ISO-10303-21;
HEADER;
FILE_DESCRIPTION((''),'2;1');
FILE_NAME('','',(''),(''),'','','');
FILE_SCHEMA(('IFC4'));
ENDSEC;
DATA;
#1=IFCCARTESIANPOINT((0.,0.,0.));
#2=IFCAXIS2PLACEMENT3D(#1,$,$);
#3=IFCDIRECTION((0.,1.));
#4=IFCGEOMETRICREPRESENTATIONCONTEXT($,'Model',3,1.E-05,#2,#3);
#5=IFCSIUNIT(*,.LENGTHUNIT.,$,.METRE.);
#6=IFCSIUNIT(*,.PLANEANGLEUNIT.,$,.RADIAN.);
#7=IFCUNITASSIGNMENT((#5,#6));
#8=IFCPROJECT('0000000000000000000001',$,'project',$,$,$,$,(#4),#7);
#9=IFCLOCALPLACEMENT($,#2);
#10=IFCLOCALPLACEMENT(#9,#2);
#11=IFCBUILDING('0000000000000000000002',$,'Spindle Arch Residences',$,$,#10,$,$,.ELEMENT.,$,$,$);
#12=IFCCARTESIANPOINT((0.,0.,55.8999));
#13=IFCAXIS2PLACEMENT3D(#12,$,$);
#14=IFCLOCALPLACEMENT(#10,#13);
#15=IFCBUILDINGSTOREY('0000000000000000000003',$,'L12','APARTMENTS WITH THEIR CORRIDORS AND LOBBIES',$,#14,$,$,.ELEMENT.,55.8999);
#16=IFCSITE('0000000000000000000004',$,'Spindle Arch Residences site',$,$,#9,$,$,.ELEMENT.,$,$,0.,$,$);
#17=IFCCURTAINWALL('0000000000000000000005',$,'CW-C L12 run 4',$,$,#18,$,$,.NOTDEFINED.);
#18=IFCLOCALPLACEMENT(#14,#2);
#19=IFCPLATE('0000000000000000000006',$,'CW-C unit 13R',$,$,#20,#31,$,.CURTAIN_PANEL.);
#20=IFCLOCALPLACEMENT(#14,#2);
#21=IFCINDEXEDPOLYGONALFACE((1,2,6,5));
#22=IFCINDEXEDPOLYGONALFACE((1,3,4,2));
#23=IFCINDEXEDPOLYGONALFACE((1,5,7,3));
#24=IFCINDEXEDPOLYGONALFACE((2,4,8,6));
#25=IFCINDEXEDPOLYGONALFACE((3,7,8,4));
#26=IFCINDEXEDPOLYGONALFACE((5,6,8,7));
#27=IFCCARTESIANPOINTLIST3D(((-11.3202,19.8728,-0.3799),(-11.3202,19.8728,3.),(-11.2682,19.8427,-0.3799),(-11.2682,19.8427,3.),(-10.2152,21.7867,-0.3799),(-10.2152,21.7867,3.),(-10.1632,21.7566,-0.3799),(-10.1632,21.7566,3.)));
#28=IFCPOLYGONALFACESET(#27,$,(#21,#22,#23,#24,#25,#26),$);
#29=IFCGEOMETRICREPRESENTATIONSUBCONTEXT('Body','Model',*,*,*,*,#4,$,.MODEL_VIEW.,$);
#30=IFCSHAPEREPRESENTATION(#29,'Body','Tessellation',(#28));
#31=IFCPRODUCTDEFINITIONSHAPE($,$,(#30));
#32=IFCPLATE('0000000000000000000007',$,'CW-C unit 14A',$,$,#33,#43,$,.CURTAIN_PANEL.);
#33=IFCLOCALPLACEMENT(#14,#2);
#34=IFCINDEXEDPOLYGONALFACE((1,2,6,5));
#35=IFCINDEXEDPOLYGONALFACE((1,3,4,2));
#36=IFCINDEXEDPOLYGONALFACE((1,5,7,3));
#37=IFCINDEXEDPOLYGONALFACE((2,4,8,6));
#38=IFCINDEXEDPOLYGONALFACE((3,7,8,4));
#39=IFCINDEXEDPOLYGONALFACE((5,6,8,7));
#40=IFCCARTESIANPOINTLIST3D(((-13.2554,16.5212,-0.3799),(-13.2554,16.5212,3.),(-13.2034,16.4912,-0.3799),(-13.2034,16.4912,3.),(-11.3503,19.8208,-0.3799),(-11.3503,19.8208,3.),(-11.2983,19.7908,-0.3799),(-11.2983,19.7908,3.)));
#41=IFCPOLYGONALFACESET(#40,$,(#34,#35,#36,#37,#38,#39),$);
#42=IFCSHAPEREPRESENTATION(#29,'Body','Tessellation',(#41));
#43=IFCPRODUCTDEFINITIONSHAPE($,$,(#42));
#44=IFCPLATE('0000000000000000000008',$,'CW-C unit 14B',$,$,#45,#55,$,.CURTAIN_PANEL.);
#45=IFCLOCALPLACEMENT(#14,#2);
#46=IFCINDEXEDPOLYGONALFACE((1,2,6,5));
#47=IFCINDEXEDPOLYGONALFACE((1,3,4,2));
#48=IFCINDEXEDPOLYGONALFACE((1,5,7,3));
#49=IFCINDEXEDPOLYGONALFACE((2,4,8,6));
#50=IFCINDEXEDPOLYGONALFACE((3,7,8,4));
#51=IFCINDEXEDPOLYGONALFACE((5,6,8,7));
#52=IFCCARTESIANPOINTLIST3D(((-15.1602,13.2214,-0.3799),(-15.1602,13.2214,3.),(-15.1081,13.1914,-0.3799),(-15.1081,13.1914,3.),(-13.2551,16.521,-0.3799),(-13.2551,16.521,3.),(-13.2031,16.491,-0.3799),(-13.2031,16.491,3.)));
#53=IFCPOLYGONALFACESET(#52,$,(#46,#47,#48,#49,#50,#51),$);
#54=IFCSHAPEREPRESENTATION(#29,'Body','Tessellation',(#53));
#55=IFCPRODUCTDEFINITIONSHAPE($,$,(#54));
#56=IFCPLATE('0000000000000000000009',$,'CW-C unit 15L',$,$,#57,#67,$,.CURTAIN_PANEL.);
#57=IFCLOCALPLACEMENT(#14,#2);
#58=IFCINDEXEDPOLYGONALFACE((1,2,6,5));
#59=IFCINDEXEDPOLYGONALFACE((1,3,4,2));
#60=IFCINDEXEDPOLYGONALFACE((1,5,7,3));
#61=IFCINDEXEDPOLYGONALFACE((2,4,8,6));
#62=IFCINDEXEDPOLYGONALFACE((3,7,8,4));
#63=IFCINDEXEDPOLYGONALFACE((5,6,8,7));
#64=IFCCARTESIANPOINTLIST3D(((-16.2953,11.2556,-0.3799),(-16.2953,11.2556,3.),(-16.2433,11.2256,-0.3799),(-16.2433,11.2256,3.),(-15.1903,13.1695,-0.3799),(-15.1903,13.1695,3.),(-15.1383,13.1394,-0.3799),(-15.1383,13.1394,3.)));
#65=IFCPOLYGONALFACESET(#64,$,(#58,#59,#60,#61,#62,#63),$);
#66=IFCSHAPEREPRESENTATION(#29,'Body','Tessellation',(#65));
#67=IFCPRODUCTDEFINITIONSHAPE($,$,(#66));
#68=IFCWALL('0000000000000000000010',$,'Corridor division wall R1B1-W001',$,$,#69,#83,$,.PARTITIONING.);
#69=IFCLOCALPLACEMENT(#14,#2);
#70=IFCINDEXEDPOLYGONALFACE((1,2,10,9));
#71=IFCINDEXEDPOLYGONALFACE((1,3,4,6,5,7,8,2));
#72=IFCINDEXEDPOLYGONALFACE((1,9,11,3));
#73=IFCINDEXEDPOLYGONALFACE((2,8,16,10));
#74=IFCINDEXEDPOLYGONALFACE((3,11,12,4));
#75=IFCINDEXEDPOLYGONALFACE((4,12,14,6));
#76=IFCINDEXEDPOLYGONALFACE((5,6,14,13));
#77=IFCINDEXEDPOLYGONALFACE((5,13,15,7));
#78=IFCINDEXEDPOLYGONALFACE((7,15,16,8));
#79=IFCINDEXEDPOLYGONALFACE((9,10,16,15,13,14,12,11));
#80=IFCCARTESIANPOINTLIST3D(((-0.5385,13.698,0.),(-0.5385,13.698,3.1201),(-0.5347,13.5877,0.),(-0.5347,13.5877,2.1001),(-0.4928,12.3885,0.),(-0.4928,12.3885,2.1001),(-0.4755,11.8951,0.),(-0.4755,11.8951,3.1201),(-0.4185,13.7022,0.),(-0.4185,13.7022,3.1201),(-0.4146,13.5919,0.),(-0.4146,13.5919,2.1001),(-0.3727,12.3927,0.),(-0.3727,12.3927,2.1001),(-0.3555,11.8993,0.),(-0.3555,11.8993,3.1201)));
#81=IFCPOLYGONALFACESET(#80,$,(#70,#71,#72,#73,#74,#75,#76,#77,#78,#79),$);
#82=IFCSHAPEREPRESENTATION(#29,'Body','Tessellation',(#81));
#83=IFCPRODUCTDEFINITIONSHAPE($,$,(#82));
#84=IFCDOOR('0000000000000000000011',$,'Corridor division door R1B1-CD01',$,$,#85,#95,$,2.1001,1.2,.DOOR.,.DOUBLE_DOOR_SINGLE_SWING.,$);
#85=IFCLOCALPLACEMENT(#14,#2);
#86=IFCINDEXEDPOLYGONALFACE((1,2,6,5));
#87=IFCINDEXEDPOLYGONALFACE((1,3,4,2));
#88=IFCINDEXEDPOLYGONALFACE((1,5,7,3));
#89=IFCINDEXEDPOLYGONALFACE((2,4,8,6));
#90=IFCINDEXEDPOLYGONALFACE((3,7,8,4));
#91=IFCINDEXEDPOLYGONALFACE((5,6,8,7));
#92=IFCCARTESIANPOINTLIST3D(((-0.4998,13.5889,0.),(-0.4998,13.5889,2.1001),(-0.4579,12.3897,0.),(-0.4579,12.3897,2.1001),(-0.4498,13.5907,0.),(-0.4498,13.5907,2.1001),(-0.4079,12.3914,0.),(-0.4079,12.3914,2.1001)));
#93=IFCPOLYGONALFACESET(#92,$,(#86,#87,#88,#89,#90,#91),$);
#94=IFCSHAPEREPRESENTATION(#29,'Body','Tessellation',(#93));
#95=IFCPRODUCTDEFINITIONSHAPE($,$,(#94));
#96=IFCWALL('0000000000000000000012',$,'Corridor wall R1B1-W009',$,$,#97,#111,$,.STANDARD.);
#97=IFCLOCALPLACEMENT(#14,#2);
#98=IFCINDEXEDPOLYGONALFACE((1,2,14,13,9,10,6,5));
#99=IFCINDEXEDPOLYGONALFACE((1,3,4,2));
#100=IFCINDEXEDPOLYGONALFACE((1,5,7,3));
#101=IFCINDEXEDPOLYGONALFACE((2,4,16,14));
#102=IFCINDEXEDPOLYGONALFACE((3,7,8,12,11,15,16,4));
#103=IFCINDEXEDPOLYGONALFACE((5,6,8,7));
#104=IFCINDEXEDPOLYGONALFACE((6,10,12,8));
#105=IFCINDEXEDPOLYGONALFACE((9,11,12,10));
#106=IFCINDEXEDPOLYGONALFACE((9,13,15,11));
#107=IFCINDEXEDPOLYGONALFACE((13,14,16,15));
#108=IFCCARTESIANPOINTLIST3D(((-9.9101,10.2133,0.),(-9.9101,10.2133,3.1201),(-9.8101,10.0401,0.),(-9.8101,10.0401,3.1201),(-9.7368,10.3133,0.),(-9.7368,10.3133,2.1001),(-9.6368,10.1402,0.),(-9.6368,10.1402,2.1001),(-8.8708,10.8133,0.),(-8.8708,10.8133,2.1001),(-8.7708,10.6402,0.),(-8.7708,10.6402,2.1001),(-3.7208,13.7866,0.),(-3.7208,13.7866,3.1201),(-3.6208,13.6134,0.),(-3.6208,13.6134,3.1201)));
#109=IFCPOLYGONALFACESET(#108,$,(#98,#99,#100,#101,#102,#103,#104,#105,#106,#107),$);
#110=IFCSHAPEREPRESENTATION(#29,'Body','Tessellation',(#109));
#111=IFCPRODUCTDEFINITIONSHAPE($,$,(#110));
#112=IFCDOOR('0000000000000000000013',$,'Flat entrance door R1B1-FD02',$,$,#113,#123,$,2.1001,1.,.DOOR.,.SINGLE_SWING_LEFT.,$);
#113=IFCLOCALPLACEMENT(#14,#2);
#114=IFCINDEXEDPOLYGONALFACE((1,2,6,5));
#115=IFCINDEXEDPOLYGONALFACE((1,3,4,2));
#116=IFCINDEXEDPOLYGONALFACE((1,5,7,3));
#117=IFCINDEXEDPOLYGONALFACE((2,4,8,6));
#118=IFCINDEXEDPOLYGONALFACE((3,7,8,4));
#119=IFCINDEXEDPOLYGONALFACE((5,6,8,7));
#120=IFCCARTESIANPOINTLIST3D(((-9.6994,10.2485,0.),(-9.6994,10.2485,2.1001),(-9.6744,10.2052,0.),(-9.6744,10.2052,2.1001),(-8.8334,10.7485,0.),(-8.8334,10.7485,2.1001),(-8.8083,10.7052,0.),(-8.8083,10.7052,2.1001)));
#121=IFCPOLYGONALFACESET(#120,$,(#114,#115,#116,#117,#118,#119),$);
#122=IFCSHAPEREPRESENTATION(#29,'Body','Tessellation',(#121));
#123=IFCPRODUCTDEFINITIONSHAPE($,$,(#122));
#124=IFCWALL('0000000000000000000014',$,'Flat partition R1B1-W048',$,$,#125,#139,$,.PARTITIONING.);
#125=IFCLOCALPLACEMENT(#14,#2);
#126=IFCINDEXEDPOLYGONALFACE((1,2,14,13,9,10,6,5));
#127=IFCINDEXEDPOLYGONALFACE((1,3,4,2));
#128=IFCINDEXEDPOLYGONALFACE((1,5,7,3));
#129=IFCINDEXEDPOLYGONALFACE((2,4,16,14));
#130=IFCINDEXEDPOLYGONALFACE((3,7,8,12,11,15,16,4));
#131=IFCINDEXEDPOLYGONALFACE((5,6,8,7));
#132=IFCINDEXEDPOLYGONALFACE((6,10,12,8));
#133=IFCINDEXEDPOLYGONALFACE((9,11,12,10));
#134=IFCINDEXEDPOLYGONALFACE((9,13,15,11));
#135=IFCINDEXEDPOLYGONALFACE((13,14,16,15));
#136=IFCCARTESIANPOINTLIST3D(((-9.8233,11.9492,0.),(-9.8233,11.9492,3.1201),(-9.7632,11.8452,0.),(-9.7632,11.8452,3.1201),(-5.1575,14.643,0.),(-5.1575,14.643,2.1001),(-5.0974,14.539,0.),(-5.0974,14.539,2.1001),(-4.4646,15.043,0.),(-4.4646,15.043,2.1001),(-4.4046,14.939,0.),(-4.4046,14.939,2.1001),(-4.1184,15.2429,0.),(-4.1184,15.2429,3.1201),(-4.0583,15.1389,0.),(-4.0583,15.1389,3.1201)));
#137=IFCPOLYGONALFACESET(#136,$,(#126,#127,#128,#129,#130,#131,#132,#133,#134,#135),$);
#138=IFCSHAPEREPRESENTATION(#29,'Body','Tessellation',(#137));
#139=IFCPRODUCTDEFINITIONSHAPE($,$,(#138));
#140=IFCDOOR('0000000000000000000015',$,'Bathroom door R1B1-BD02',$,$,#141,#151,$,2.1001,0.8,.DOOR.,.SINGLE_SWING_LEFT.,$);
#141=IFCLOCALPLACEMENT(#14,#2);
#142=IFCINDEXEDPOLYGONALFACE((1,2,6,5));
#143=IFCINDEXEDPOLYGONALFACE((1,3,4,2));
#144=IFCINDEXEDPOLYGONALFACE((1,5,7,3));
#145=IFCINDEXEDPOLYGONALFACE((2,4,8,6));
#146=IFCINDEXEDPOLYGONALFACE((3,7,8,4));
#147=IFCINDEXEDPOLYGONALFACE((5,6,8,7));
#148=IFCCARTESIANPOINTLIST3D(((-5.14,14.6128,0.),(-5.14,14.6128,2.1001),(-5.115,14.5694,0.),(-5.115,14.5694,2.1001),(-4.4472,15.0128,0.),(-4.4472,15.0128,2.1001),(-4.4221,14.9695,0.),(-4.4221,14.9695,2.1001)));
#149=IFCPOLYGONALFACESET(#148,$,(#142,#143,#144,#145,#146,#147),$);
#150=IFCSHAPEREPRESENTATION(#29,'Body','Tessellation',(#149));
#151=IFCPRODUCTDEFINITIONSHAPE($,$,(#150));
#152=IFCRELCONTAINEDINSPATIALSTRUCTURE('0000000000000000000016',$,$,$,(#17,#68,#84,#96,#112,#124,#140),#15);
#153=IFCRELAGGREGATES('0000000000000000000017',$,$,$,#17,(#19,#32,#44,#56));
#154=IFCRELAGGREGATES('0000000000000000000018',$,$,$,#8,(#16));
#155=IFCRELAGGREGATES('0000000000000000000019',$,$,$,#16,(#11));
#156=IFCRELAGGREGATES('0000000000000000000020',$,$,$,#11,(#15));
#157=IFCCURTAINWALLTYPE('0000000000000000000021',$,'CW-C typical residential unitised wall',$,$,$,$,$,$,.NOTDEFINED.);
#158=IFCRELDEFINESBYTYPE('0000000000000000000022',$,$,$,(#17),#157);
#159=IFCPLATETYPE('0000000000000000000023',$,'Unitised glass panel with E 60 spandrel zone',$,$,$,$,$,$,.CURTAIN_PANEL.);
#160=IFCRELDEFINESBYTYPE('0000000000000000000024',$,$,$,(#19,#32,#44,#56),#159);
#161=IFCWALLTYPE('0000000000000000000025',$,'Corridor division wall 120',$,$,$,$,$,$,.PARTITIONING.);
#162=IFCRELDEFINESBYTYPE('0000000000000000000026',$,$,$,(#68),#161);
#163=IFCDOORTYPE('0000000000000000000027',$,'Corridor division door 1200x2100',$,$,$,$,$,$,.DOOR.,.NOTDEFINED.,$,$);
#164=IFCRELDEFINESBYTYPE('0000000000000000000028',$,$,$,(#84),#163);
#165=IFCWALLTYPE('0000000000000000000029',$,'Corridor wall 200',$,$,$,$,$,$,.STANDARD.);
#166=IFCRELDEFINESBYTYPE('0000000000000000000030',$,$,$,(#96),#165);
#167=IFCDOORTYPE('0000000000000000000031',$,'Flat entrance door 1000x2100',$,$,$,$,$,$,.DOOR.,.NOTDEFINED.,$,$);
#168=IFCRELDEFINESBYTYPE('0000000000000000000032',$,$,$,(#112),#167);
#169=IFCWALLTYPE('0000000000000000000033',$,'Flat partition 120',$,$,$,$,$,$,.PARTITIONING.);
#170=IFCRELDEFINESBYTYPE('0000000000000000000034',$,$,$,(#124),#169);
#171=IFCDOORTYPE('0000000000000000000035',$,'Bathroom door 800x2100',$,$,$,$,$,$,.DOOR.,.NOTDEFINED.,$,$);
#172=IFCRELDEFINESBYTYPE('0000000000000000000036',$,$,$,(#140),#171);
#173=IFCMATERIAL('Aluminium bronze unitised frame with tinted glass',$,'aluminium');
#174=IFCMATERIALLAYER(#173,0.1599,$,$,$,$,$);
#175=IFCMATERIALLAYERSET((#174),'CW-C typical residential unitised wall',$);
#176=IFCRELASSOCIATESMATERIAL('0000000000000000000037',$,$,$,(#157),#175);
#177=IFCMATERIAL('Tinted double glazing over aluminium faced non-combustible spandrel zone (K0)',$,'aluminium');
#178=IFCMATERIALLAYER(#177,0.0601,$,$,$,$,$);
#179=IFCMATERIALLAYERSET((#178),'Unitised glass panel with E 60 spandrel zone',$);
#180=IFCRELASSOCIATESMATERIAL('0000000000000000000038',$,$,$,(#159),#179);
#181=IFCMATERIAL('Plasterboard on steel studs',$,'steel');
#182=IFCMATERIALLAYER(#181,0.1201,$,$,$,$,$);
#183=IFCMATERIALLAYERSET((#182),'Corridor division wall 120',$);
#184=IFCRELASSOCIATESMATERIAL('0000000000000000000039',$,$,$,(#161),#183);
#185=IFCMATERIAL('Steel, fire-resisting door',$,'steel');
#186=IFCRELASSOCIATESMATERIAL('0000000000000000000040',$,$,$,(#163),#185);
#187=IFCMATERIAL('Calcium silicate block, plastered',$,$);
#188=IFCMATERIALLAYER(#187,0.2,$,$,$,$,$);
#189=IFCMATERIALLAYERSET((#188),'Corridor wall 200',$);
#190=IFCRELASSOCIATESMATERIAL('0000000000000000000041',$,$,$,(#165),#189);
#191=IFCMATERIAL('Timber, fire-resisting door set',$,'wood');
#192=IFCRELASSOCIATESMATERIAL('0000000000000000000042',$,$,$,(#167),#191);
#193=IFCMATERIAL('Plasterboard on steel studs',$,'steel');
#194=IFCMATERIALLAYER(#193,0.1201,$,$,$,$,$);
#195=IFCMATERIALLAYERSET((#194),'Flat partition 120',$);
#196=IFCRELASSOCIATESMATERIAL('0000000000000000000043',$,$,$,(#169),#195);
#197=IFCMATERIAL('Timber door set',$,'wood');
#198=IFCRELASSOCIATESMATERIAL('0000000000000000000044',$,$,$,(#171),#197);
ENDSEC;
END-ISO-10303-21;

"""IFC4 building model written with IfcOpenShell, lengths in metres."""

from ifc_helpers import new_model, si_unit, direction, frame, frame_2d, origin, origin_2d, place, context, subcontext, project, spatial, rectangle, extrude, material, layer, layer_set, type_object, element, fill, aggregate, save


model = new_model("IFC4")

# Units and contexts
model_context = context("Model", 3, precision=1e-05, world=origin(), true_north=direction((0.0, 1.0)))
body_context = subcontext(model_context, "Body", "Model", "MODEL_VIEW")
ifc_project = project(units=[si_unit("LENGTHUNIT", "METRE"), si_unit("PLANEANGLEUNIT", "RADIAN")], contexts=[model_context])

# Site, building, storey
site_placement = place(None, origin())
site = spatial("IfcSite", under=ifc_project, at=site_placement, Name="Spindle Arch Residences site", CompositionType="ELEMENT", RefElevation=0.0)
building_placement = place(site_placement, origin())
building = spatial("IfcBuilding", under=site, at=building_placement, Name="Spindle Arch Residences", CompositionType="ELEMENT")
storey_placement = place(building_placement, frame((0.0, 0.0, 55.8999)))
storey = spatial("IfcBuildingStorey", under=building, at=storey_placement, Name="L12", Description="APARTMENTS WITH THEIR CORRIDORS AND LOBBIES", CompositionType="ELEMENT", Elevation=55.8999)

# Curtain wall
ifc_material_1 = material(Name="Aluminium bronze unitised frame with tinted glass", Category="aluminium")
ifc_layer_1 = layer(ifc_material_1, 0.1599)
ifc_layer_set_1 = layer_set([ifc_layer_1], Name="CW-C typical residential unitised wall")
curtain_wall_type = type_object("IfcCurtainWallType", Name="CW-C typical residential unitised wall", PredefinedType="NOTDEFINED", material=ifc_layer_set_1)
curtain_wall_placement = place(storey_placement, origin())
curtain_wall = element("IfcCurtainWall", 1, at=curtain_wall_placement, inside=storey, type_object=curtain_wall_type, Name="CW-C L12 run 4", PredefinedType="NOTDEFINED")

# Plates
ifc_material_2 = material(Name="Tinted double glazing over aluminium faced non-combustible spandrel zone (K0)", Category="aluminium")
ifc_layer_2 = layer(ifc_material_2, 0.0601)
ifc_layer_set_2 = layer_set([ifc_layer_2], Name="Unitised glass panel with E 60 spandrel zone")
plate_type = type_object("IfcPlateType", Name="Unitised glass panel with E 60 spandrel zone", PredefinedType="CURTAIN_PANEL", material=ifc_layer_set_2)
plate_1_placement = place(storey_placement, frame((-10.7417, 20.8147, -0.3799), z_axis=(0.0, 0.0, 1.0), x_axis=(-0.5, -0.866025, 0.0)))
plate_1 = element("IfcPlate", 2, at=plate_1_placement, type_object=plate_type, Name="CW-C unit 13R", PredefinedType="CURTAIN_PANEL", context=body_context, shape_type="SweptSolid", body=[
    extrude(rectangle(XDim=2.21, YDim=0.0601, at=origin_2d()), origin(), (0.0, 0.0, 1.0), 3.3799),
])
plate_2_placement = place(storey_placement, frame((-12.2769, 18.156, -0.3799), z_axis=(0.0, 0.0, 1.0), x_axis=(-0.5, -0.866025, 0.0)))
plate_2 = element("IfcPlate", 3, at=plate_2_placement, type_object=plate_type, Name="CW-C unit 14A", PredefinedType="CURTAIN_PANEL", context=body_context, shape_type="SweptSolid", body=[
    extrude(rectangle(XDim=3.8101, YDim=0.0601, at=origin_2d()), origin(), (0.0, 0.0, 1.0), 3.3799),
])
plate_3_placement = place(storey_placement, frame((-14.1816, 14.8562, -0.3799), z_axis=(0.0, 0.0, 1.0), x_axis=(-0.5, -0.866025, 0.0)))
plate_3 = element("IfcPlate", 4, at=plate_3_placement, type_object=plate_type, Name="CW-C unit 14B", PredefinedType="CURTAIN_PANEL", context=body_context, shape_type="SweptSolid", body=[
    extrude(rectangle(XDim=3.8101, YDim=0.0601, at=origin_2d()), origin(), (0.0, 0.0, 1.0), 3.3799),
])
plate_4_placement = place(storey_placement, frame((-15.7168, 12.1975, -0.3799), z_axis=(0.0, 0.0, 1.0), x_axis=(-0.5, -0.866025, 0.0)))
plate_4 = element("IfcPlate", 5, at=plate_4_placement, type_object=plate_type, Name="CW-C unit 15L", PredefinedType="CURTAIN_PANEL", context=body_context, shape_type="SweptSolid", body=[
    extrude(rectangle(XDim=2.21, YDim=0.0601, at=origin_2d()), origin(), (0.0, 0.0, 1.0), 3.3799),
])
aggregate(curtain_wall, [plate_1, plate_2, plate_3, plate_4])

# Walls, openings, doors
ifc_material_3 = material(Name="Plasterboard on steel studs", Category="steel")
ifc_layer_3 = layer(ifc_material_3, 0.1201)
ifc_layer_set_3 = layer_set([ifc_layer_3], Name="Corridor division wall 120")
wall_type_1 = type_object("IfcWallType", Name="Corridor division wall 120", PredefinedType="PARTITIONING", material=ifc_layer_set_3)
wall_1_placement = place(storey_placement, frame((-0.4785, 13.7, 0.0), z_axis=(0.0, 0.0, 1.0), x_axis=(0.034919, -0.99939, 0.0)))
wall_1 = element("IfcWall", 6, at=wall_1_placement, inside=storey, type_object=wall_type_1, Name="Corridor division wall R1B1-W001", PredefinedType="PARTITIONING", context=body_context, shape_type="SweptSolid", body=[
    extrude(rectangle(XDim=1.804, YDim=0.1201, at=frame_2d((0.9019, 0.0))), origin(), (0.0, 0.0, 1.0), 3.1201),
])
opening_1_placement = place(wall_1_placement, frame((0.1101, 0.0, 0.0)))
opening_1 = element("IfcOpeningElement", 7, at=opening_1_placement, cuts=wall_1, PredefinedType="OPENING", context=body_context, shape_type="SweptSolid", body=[
    extrude(rectangle(XDim=1.2, YDim=2.1001, at=frame_2d((0.6001, 1.05))), frame((0.0, 0.0701, 0.0), z_axis=(0.0, -1.0, 0.0), x_axis=(1.0, 0.0, 0.0)), (0.0, 0.0, 1.0), 0.1401),
])
ifc_material_4 = material(Name="Steel, fire-resisting door", Category="steel")
door_type_1 = type_object("IfcDoorType", Name="Corridor division door 1200x2100", OperationType="NOTDEFINED", PredefinedType="DOOR", material=ifc_material_4)
door_1_placement = place(opening_1_placement, origin())
door_1 = element("IfcDoor", 8, at=door_1_placement, inside=storey, type_object=door_type_1, Name="Corridor division door R1B1-CD01", OperationType="DOUBLE_DOOR_SINGLE_SWING", OverallHeight=2.1001, OverallWidth=1.2, PredefinedType="DOOR", context=body_context, shape_type="SweptSolid", body=[
    extrude(rectangle(XDim=1.2, YDim=2.1001, at=frame_2d((0.6001, 1.05))), frame((0.0, 0.0249, 0.0), z_axis=(0.0, -1.0, 0.0), x_axis=(1.0, 0.0, 0.0)), (0.0, 0.0, 1.0), 0.05),
])
fill(opening_1, door_1)
ifc_material_5 = material(Name="Calcium silicate block, plastered")
ifc_layer_4 = layer(ifc_material_5, 0.2)
ifc_layer_set_4 = layer_set([ifc_layer_4], Name="Corridor wall 200")
wall_type_2 = type_object("IfcWallType", Name="Corridor wall 200", PredefinedType="STANDARD", material=ifc_layer_set_4)
wall_2_placement = place(storey_placement, frame((-3.6709, 13.7, 0.0), z_axis=(0.0, 0.0, 1.0), x_axis=(-0.866031, -0.49999, 0.0)))
wall_2 = element("IfcWall", 9, at=wall_2_placement, inside=storey, type_object=wall_type_2, Name="Corridor wall R1B1-W009", PredefinedType="STANDARD", context=body_context, shape_type="SweptSolid", body=[
    extrude(rectangle(XDim=7.1467, YDim=0.2, at=frame_2d((3.5732, 0.0))), origin(), (0.0, 0.0, 1.0), 3.1201),
])
opening_2_placement = place(wall_2_placement, frame((5.9465, 0.0, 0.0)))
opening_2 = element("IfcOpeningElement", 10, at=opening_2_placement, cuts=wall_2, PredefinedType="OPENING", context=body_context, shape_type="SweptSolid", body=[
    extrude(rectangle(XDim=1.0, YDim=2.1001, at=frame_2d((0.5, 1.05))), frame((0.0, 0.1099, 0.0), z_axis=(0.0, -1.0, 0.0), x_axis=(1.0, 0.0, 0.0)), (0.0, 0.0, 1.0), 0.22),
])
ifc_material_6 = material(Name="Timber, fire-resisting door set", Category="wood")
door_type_2 = type_object("IfcDoorType", Name="Flat entrance door 1000x2100", OperationType="NOTDEFINED", PredefinedType="DOOR", material=ifc_material_6)
door_2_placement = place(opening_2_placement, origin())
door_2 = element("IfcDoor", 11, at=door_2_placement, inside=storey, type_object=door_type_2, Name="Flat entrance door R1B1-FD02", OperationType="SINGLE_SWING_LEFT", OverallHeight=2.1001, OverallWidth=1.0, PredefinedType="DOOR", context=body_context, shape_type="SweptSolid", body=[
    extrude(rectangle(XDim=1.0, YDim=2.1001, at=frame_2d((0.5, 1.05))), frame((0.0, 0.0249, 0.0), z_axis=(0.0, -1.0, 0.0), x_axis=(1.0, 0.0, 0.0)), (0.0, 0.0, 1.0), 0.05),
])
fill(opening_2, door_2)
ifc_material_7 = material(Name="Plasterboard on steel studs", Category="steel")
ifc_layer_5 = layer(ifc_material_7, 0.1201)
ifc_layer_set_5 = layer_set([ifc_layer_5], Name="Flat partition 120")
wall_type_3 = type_object("IfcWallType", Name="Flat partition 120", PredefinedType="PARTITIONING", material=ifc_layer_set_5)
wall_3_placement = place(storey_placement, frame((-4.0884, 15.1909, 0.0), z_axis=(0.0, 0.0, 1.0), x_axis=(-0.866025, -0.500002, 0.0)))
wall_3 = element("IfcWall", 12, at=wall_3_placement, inside=storey, type_object=wall_type_3, Name="Flat partition R1B1-W048", PredefinedType="PARTITIONING", context=body_context, shape_type="SweptSolid", body=[
    extrude(rectangle(XDim=6.5874, YDim=0.1201, at=frame_2d((3.2937, 0.0))), origin(), (0.0, 0.0, 1.0), 3.1201),
])
opening_3_placement = place(wall_3_placement, frame((0.3999, 0.0, 0.0)))
opening_3 = element("IfcOpeningElement", 13, at=opening_3_placement, cuts=wall_3, PredefinedType="OPENING", context=body_context, shape_type="SweptSolid", body=[
    extrude(rectangle(XDim=0.8, YDim=2.1001, at=frame_2d((0.3999, 1.05))), frame((0.0, 0.0701, 0.0), z_axis=(0.0, -1.0, 0.0), x_axis=(1.0, 0.0, 0.0)), (0.0, 0.0, 1.0), 0.1401),
])
ifc_material_8 = material(Name="Timber door set", Category="wood")
door_type_3 = type_object("IfcDoorType", Name="Bathroom door 800x2100", OperationType="NOTDEFINED", PredefinedType="DOOR", material=ifc_material_8)
door_3_placement = place(opening_3_placement, origin())
door_3 = element("IfcDoor", 14, at=door_3_placement, inside=storey, type_object=door_type_3, Name="Bathroom door R1B1-BD02", OperationType="SINGLE_SWING_LEFT", OverallHeight=2.1001, OverallWidth=0.8, PredefinedType="DOOR", context=body_context, shape_type="SweptSolid", body=[
    extrude(rectangle(XDim=0.8, YDim=2.1001, at=frame_2d((0.3999, 1.05))), frame((0.0, 0.0249, 0.0), z_axis=(0.0, -1.0, 0.0), x_axis=(1.0, 0.0, 0.0)), (0.0, 0.0, 1.0), 0.05),
])
fill(opening_3, door_3)

save(model, "model.ifc")
